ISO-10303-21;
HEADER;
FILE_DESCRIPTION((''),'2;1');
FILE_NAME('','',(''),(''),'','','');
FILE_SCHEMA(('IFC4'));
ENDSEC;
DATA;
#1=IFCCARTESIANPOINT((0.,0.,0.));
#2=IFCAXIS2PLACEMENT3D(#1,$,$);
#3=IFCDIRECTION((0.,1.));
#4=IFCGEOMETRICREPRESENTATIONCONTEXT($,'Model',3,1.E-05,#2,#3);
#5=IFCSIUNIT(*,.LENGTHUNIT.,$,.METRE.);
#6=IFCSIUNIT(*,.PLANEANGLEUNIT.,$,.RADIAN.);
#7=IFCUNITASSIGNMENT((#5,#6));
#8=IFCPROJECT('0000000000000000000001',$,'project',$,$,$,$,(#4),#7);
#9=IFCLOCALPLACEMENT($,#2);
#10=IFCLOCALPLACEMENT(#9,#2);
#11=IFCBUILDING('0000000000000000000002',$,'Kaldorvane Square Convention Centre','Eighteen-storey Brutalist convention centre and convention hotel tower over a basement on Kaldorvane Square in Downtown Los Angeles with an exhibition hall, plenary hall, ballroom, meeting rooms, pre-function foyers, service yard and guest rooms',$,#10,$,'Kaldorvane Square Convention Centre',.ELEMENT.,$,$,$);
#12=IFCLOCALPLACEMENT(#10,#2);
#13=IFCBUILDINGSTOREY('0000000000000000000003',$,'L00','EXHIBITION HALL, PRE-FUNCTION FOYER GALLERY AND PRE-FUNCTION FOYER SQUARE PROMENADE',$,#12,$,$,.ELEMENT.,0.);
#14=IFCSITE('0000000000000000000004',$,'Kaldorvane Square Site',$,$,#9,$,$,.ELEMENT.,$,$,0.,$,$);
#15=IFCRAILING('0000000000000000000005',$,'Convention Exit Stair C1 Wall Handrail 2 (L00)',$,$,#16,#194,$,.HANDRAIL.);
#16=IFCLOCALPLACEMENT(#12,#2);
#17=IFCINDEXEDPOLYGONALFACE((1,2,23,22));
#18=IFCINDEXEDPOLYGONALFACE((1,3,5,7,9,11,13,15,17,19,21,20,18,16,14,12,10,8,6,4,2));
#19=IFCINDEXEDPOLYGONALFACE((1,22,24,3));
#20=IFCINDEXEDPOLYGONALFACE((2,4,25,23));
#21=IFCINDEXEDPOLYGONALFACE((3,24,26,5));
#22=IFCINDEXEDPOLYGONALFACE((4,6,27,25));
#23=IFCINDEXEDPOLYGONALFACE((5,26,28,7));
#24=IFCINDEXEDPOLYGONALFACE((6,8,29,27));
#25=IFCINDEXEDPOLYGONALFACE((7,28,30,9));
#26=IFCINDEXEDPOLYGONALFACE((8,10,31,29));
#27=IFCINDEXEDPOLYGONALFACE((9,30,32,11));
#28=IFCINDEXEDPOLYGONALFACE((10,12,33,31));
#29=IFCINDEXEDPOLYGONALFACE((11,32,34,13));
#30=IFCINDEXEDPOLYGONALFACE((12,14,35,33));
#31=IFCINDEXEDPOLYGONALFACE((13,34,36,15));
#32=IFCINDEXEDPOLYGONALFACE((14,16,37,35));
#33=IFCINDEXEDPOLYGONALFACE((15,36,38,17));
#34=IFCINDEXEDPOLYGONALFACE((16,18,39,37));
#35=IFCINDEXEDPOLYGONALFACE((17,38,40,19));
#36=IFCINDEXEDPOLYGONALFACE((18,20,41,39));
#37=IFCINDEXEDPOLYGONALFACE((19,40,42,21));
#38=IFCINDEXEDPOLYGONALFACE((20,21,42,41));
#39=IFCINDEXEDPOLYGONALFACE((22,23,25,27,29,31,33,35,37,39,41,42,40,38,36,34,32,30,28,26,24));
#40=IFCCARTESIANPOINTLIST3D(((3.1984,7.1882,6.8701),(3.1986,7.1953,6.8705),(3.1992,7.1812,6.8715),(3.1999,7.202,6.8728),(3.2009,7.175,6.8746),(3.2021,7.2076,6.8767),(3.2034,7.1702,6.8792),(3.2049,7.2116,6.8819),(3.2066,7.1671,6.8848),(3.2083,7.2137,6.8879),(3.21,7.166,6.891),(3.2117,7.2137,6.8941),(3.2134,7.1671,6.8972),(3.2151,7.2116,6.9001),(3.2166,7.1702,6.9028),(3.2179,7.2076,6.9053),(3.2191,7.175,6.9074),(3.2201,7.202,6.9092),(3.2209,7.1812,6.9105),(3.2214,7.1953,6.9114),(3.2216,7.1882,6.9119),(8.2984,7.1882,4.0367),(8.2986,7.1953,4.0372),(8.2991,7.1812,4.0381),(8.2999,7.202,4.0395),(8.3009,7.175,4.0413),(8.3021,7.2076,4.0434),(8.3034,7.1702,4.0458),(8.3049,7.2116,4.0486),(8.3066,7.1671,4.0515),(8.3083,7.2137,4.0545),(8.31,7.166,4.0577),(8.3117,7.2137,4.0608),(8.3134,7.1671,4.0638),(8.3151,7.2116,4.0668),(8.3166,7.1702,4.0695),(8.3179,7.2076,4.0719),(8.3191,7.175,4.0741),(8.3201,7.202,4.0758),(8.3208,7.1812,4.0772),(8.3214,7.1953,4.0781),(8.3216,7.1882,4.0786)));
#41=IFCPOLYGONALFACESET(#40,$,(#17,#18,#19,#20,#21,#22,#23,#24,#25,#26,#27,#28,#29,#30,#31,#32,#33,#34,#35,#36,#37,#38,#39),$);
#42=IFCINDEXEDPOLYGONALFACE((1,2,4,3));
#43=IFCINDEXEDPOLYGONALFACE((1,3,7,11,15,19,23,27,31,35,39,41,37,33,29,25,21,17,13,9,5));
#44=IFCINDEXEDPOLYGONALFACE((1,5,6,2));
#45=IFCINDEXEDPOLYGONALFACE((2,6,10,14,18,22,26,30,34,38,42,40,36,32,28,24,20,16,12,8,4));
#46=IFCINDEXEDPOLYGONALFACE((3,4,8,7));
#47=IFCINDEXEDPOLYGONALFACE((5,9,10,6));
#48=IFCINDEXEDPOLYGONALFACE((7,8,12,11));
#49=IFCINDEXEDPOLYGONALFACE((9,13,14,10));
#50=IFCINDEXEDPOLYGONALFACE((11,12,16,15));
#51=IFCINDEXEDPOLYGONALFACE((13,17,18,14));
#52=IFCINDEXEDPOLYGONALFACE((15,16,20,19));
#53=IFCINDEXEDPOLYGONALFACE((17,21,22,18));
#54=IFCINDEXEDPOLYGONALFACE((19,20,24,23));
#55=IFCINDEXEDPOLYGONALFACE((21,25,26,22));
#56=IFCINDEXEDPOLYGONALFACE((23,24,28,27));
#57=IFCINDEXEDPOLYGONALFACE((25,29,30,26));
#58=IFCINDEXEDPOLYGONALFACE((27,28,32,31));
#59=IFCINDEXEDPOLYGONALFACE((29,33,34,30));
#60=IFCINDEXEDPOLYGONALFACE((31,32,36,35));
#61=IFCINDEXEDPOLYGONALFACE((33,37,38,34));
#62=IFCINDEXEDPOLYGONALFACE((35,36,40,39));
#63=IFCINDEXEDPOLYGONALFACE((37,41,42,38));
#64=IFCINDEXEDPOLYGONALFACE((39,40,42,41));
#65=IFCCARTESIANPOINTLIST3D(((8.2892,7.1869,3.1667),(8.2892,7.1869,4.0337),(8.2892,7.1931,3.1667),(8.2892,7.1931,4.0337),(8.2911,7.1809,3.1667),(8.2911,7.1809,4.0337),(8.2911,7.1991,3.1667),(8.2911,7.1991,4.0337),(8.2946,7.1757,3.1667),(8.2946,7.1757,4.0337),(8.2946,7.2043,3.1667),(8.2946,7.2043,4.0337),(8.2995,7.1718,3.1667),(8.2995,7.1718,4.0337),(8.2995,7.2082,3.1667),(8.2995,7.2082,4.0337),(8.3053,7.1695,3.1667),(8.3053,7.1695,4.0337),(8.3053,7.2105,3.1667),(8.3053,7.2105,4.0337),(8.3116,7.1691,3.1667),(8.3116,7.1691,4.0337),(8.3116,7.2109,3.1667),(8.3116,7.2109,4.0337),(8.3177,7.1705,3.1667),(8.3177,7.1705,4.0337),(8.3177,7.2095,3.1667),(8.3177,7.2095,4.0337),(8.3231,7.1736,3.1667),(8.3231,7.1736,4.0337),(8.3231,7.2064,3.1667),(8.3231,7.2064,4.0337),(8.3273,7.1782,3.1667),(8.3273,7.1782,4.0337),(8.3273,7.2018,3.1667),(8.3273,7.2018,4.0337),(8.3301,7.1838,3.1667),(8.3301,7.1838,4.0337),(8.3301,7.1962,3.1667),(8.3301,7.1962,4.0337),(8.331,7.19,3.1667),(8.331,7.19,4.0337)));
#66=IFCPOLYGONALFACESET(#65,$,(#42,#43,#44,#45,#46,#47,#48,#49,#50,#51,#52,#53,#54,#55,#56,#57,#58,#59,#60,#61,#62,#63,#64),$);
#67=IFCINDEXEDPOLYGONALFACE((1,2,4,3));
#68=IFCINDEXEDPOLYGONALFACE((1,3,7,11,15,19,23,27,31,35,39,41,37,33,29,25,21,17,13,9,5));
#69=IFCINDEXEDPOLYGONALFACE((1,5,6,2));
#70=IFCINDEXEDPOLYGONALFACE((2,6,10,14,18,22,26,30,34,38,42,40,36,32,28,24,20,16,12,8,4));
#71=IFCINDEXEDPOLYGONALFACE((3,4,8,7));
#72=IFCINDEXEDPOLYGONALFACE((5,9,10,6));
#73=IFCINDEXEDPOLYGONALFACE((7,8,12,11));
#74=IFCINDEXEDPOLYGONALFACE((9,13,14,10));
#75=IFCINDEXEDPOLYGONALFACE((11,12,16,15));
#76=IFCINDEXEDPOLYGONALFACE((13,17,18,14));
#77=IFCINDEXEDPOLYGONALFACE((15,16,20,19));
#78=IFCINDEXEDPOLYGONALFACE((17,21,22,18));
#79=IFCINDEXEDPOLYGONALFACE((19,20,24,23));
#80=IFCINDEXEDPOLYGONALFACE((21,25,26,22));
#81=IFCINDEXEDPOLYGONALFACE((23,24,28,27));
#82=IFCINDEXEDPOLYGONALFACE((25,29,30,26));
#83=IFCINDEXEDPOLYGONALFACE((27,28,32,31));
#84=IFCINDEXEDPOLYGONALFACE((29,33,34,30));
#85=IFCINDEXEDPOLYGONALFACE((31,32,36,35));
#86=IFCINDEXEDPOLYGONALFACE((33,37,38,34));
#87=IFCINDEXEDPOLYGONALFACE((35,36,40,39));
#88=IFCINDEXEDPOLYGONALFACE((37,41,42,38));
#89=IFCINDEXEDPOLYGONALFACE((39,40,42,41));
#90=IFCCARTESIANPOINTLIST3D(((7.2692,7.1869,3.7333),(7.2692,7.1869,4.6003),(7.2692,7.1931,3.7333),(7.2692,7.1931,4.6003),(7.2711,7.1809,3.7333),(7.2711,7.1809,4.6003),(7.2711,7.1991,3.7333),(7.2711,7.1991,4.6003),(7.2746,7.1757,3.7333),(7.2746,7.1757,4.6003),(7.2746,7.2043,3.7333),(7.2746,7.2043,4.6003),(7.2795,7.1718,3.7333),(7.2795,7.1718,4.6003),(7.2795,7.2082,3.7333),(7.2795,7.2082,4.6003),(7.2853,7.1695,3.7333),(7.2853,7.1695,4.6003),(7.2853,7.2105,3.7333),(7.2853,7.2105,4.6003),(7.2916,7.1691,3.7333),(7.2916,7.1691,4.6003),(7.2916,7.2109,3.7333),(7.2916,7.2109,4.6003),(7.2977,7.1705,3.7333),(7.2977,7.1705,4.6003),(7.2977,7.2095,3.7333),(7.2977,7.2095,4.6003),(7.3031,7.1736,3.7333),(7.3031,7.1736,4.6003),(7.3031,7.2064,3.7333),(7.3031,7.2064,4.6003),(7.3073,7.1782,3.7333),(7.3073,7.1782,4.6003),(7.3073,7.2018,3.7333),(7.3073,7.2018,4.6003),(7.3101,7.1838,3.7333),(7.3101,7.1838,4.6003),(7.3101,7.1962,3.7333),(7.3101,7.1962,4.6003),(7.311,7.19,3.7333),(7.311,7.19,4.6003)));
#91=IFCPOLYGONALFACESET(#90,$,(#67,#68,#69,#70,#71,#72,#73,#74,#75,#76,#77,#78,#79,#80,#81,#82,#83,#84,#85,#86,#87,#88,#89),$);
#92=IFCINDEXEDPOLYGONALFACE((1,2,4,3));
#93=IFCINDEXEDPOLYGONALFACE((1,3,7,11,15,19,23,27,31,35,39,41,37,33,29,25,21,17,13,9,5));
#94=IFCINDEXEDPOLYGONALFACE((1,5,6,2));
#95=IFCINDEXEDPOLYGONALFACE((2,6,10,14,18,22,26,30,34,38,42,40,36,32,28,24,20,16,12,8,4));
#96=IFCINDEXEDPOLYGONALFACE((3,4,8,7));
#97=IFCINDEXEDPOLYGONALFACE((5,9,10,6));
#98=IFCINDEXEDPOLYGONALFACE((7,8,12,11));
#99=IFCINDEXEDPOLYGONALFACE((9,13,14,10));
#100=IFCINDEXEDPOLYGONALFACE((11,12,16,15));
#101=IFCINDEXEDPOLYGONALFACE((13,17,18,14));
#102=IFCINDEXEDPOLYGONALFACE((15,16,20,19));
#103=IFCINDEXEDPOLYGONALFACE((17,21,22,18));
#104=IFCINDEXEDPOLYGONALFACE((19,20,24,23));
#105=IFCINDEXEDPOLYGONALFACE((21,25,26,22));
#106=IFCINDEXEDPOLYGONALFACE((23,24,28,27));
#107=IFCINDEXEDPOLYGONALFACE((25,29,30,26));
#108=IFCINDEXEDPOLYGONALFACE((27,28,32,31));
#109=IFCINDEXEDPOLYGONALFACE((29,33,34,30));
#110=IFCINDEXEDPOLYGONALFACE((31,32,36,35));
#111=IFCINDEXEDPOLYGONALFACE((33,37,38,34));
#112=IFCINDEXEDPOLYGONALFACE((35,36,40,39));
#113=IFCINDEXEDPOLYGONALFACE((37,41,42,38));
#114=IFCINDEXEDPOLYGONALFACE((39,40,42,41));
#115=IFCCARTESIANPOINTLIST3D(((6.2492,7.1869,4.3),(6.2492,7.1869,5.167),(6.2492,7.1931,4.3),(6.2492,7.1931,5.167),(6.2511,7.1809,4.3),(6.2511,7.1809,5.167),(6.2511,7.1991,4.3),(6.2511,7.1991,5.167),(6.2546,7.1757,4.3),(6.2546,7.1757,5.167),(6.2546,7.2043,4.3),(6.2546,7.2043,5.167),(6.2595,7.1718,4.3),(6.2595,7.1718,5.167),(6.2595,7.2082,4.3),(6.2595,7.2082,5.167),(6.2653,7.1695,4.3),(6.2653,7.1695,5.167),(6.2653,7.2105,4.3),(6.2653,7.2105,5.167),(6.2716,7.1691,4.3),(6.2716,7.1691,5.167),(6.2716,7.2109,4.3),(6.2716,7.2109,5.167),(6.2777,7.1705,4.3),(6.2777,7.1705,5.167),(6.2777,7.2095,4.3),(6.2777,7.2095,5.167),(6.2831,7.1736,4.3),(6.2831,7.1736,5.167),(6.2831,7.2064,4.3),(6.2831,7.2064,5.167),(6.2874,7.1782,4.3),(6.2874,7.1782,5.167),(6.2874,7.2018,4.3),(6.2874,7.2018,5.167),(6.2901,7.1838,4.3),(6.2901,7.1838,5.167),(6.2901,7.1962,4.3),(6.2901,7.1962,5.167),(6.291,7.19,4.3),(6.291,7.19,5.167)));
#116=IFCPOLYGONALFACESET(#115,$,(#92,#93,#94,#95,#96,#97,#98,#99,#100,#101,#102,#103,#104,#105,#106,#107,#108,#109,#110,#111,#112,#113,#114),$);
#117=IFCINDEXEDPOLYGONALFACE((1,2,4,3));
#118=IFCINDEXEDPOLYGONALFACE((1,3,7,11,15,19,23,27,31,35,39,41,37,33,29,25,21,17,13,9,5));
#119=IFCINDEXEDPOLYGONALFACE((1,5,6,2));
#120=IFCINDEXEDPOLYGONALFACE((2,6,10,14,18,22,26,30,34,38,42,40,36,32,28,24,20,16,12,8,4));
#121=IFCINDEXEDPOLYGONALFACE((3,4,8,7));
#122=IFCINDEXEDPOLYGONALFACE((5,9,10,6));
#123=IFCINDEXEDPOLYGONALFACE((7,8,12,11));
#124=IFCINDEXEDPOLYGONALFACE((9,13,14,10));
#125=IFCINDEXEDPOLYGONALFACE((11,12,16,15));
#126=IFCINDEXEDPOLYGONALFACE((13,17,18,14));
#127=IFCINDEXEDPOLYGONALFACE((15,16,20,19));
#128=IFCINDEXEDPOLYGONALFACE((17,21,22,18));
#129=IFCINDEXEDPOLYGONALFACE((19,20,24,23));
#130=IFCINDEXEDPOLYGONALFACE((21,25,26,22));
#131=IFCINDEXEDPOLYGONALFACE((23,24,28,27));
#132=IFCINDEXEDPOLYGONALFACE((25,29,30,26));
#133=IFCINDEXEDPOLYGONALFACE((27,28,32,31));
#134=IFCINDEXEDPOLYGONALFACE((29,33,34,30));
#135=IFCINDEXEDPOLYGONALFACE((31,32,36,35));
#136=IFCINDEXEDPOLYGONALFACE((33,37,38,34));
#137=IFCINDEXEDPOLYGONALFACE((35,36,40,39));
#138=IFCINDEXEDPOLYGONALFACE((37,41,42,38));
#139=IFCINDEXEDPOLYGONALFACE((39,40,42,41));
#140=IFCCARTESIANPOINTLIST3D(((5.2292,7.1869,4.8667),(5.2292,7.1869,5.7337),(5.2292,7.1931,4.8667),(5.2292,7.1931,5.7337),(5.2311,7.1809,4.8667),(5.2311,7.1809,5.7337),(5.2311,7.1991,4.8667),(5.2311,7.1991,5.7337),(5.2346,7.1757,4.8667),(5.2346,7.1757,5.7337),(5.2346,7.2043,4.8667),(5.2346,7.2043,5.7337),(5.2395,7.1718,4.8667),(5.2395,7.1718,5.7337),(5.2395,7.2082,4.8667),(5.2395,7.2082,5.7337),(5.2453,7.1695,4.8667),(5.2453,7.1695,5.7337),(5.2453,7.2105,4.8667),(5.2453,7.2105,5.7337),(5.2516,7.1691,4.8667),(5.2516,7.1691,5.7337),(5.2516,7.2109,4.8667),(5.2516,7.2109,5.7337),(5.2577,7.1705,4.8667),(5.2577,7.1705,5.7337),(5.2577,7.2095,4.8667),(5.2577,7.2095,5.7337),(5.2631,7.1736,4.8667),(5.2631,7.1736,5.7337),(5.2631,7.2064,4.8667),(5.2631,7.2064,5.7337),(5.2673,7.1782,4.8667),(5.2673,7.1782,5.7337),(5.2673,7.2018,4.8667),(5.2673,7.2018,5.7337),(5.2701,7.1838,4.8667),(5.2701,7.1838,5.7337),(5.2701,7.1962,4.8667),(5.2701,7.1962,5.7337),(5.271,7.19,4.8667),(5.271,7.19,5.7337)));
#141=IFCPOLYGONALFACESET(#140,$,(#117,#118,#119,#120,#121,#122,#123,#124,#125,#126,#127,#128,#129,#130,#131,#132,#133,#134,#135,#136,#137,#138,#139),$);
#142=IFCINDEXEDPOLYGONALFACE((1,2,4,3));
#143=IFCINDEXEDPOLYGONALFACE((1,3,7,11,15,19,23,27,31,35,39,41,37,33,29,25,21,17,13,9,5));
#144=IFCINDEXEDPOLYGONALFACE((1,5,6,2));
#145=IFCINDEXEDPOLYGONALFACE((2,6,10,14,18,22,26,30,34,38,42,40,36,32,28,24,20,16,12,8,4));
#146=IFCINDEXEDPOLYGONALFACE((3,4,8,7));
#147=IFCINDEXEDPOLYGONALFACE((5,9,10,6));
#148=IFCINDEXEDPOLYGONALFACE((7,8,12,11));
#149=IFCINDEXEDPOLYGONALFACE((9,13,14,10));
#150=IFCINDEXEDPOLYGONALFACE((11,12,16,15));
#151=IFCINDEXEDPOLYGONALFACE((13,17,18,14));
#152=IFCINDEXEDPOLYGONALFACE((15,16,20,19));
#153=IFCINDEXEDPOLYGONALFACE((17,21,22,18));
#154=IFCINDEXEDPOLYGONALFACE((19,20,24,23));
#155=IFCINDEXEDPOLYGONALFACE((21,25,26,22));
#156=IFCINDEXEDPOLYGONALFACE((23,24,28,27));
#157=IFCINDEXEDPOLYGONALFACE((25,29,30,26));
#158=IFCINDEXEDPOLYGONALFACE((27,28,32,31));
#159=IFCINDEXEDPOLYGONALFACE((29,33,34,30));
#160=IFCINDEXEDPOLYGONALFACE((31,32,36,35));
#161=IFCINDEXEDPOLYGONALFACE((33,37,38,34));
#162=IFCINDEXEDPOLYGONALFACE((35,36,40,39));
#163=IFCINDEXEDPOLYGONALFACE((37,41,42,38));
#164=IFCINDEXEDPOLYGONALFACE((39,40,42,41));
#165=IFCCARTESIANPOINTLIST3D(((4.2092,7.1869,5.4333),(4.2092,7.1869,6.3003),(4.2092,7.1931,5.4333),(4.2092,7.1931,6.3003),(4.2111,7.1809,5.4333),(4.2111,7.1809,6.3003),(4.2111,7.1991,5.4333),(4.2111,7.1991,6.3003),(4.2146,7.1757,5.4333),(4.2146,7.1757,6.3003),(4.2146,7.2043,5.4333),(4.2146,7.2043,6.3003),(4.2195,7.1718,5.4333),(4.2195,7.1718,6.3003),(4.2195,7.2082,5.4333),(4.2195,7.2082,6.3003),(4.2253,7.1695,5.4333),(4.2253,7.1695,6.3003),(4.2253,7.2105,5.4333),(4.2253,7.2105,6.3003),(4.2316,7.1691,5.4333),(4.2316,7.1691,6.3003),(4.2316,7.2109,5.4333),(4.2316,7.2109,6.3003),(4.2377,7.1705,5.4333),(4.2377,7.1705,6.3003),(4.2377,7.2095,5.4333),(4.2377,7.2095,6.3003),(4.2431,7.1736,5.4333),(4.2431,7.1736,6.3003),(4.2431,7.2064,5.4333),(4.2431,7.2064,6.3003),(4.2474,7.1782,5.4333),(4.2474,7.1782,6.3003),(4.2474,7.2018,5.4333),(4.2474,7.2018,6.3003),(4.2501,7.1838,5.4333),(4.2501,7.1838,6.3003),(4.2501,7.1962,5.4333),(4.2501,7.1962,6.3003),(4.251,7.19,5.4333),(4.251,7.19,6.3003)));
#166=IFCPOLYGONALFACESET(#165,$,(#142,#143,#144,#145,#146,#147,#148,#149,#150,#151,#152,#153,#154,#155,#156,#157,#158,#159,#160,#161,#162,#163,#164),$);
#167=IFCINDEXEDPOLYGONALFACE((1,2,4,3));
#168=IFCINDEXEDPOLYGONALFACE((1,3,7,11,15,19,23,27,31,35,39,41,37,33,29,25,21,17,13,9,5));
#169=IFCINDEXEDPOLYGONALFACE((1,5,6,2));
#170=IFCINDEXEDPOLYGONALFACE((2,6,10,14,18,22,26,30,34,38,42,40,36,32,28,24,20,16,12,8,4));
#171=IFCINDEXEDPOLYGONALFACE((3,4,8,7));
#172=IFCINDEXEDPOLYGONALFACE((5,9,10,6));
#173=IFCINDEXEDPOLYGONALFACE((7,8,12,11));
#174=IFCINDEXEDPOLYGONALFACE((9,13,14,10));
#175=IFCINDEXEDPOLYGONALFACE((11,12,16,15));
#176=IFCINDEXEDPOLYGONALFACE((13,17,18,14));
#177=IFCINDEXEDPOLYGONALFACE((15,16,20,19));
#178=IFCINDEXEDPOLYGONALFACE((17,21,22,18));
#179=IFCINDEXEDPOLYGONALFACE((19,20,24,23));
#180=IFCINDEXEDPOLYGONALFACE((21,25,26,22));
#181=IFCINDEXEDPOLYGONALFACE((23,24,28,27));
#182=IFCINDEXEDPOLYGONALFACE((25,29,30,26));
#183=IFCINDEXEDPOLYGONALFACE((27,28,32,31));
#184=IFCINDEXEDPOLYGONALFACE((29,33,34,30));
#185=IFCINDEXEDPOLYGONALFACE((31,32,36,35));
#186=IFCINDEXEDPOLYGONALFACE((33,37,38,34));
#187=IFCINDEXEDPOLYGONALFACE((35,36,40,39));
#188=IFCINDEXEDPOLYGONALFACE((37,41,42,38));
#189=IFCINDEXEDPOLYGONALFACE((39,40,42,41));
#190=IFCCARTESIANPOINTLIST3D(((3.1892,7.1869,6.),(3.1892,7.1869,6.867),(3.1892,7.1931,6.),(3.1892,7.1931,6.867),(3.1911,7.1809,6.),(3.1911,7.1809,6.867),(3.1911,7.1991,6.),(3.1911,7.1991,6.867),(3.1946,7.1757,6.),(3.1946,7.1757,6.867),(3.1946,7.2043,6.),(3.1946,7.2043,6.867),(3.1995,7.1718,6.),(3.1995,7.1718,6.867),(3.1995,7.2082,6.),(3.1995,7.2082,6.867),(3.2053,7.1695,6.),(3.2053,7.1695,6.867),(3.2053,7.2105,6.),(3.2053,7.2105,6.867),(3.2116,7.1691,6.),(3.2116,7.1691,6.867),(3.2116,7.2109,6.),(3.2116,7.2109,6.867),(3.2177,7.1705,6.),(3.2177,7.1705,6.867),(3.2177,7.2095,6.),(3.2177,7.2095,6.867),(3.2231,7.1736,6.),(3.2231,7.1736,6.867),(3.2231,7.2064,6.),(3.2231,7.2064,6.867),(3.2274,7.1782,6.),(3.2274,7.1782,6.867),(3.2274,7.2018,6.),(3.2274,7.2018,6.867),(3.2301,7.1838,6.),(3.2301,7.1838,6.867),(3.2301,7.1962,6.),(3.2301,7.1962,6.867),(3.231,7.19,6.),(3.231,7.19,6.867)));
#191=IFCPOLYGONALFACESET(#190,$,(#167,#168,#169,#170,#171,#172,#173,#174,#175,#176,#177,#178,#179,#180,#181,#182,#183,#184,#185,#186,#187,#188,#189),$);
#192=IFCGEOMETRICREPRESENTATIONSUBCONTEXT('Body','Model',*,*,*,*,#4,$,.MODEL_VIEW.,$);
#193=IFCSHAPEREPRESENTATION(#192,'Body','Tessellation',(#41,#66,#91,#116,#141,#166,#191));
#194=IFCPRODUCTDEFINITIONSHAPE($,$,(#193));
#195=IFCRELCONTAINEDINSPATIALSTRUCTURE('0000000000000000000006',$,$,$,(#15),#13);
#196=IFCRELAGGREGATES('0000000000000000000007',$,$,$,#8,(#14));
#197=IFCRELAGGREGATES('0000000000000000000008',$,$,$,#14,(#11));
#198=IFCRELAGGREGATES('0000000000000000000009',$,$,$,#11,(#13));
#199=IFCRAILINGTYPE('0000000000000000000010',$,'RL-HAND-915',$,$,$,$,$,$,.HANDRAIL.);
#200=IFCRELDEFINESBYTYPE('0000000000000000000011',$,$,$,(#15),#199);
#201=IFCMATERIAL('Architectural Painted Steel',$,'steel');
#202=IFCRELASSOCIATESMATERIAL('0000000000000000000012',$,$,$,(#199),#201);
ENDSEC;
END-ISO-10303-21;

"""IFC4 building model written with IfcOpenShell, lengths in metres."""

from ifc_helpers import new_model, si_unit, direction, frame, origin, origin_2d, place, context, subcontext, project, spatial, circle, extrude, material, type_object, element, save


model = new_model("IFC4")

# Units and contexts
model_context = context("Model", 3, precision=1e-05, world=origin(), true_north=direction((0.0, 1.0)))
body_context = subcontext(model_context, "Body", "Model", "MODEL_VIEW")
ifc_project = project(units=[si_unit("LENGTHUNIT", "METRE"), si_unit("PLANEANGLEUNIT", "RADIAN")], contexts=[model_context])

# Site, building, storey
site_placement = place(None, origin())
site = spatial("IfcSite", under=ifc_project, at=site_placement, Name="Kaldorvane Square Site", CompositionType="ELEMENT", RefElevation=0.0)
building_placement = place(site_placement, origin())
building = spatial("IfcBuilding", under=site, at=building_placement, Name="Kaldorvane Square Convention Centre", Description="Eighteen-storey Brutalist convention centre and convention hotel tower over a basement on Kaldorvane Square in Downtown Los Angeles with an exhibition hall, plenary hall, ballroom, meeting rooms, pre-function foyers, service yard and guest rooms", LongName="Kaldorvane Square Convention Centre", CompositionType="ELEMENT")
storey_placement = place(building_placement, origin())
storey = spatial("IfcBuildingStorey", under=building, at=storey_placement, Name="L00", Description="EXHIBITION HALL, PRE-FUNCTION FOYER GALLERY AND PRE-FUNCTION FOYER SQUARE PROMENADE", CompositionType="ELEMENT", Elevation=0.0)

# Railing
ifc_material_1 = material(Name="Architectural Painted Steel", Category="steel")
railing_type_1 = type_object("IfcRailingType", Name="RL-HAND-915", PredefinedType="HANDRAIL", material=ifc_material_1)
railing_1_placement = place(storey_placement, frame((8.31, 7.19, 3.1667)))
element("IfcRailing", 1, at=railing_1_placement, inside=storey, type_object=railing_type_1, Name="Convention Exit Stair C1 Wall Handrail 2 (L00)", PredefinedType="HANDRAIL", context=body_context, shape_type="SweptSolid", body=[
    extrude(circle(Radius=0.024, at=origin_2d()), frame((0.0, 0.0, 0.891), z_axis=(-0.874157, 0.0, 0.485643), x_axis=(0.0, -1.0, 0.0)), (0.0, 0.0, 1.0), 5.8342),
    extrude(circle(Radius=0.021, at=origin_2d()), origin(), (0.0, 0.0, 1.0), 0.867),
    extrude(circle(Radius=0.021, at=origin_2d()), frame((-1.02, 0.0, 0.5667)), (0.0, 0.0, 1.0), 0.867),
    extrude(circle(Radius=0.021, at=origin_2d()), frame((-2.04, 0.0, 1.1333)), (0.0, 0.0, 1.0), 0.867),
    extrude(circle(Radius=0.021, at=origin_2d()), frame((-3.06, 0.0, 1.7)), (0.0, 0.0, 1.0), 0.867),
    extrude(circle(Radius=0.021, at=origin_2d()), frame((-4.08, 0.0, 2.2667)), (0.0, 0.0, 1.0), 0.867),
    extrude(circle(Radius=0.021, at=origin_2d()), frame((-5.1, 0.0, 2.8333)), (0.0, 0.0, 1.0), 0.867),
])

save(model, "model.ifc")
